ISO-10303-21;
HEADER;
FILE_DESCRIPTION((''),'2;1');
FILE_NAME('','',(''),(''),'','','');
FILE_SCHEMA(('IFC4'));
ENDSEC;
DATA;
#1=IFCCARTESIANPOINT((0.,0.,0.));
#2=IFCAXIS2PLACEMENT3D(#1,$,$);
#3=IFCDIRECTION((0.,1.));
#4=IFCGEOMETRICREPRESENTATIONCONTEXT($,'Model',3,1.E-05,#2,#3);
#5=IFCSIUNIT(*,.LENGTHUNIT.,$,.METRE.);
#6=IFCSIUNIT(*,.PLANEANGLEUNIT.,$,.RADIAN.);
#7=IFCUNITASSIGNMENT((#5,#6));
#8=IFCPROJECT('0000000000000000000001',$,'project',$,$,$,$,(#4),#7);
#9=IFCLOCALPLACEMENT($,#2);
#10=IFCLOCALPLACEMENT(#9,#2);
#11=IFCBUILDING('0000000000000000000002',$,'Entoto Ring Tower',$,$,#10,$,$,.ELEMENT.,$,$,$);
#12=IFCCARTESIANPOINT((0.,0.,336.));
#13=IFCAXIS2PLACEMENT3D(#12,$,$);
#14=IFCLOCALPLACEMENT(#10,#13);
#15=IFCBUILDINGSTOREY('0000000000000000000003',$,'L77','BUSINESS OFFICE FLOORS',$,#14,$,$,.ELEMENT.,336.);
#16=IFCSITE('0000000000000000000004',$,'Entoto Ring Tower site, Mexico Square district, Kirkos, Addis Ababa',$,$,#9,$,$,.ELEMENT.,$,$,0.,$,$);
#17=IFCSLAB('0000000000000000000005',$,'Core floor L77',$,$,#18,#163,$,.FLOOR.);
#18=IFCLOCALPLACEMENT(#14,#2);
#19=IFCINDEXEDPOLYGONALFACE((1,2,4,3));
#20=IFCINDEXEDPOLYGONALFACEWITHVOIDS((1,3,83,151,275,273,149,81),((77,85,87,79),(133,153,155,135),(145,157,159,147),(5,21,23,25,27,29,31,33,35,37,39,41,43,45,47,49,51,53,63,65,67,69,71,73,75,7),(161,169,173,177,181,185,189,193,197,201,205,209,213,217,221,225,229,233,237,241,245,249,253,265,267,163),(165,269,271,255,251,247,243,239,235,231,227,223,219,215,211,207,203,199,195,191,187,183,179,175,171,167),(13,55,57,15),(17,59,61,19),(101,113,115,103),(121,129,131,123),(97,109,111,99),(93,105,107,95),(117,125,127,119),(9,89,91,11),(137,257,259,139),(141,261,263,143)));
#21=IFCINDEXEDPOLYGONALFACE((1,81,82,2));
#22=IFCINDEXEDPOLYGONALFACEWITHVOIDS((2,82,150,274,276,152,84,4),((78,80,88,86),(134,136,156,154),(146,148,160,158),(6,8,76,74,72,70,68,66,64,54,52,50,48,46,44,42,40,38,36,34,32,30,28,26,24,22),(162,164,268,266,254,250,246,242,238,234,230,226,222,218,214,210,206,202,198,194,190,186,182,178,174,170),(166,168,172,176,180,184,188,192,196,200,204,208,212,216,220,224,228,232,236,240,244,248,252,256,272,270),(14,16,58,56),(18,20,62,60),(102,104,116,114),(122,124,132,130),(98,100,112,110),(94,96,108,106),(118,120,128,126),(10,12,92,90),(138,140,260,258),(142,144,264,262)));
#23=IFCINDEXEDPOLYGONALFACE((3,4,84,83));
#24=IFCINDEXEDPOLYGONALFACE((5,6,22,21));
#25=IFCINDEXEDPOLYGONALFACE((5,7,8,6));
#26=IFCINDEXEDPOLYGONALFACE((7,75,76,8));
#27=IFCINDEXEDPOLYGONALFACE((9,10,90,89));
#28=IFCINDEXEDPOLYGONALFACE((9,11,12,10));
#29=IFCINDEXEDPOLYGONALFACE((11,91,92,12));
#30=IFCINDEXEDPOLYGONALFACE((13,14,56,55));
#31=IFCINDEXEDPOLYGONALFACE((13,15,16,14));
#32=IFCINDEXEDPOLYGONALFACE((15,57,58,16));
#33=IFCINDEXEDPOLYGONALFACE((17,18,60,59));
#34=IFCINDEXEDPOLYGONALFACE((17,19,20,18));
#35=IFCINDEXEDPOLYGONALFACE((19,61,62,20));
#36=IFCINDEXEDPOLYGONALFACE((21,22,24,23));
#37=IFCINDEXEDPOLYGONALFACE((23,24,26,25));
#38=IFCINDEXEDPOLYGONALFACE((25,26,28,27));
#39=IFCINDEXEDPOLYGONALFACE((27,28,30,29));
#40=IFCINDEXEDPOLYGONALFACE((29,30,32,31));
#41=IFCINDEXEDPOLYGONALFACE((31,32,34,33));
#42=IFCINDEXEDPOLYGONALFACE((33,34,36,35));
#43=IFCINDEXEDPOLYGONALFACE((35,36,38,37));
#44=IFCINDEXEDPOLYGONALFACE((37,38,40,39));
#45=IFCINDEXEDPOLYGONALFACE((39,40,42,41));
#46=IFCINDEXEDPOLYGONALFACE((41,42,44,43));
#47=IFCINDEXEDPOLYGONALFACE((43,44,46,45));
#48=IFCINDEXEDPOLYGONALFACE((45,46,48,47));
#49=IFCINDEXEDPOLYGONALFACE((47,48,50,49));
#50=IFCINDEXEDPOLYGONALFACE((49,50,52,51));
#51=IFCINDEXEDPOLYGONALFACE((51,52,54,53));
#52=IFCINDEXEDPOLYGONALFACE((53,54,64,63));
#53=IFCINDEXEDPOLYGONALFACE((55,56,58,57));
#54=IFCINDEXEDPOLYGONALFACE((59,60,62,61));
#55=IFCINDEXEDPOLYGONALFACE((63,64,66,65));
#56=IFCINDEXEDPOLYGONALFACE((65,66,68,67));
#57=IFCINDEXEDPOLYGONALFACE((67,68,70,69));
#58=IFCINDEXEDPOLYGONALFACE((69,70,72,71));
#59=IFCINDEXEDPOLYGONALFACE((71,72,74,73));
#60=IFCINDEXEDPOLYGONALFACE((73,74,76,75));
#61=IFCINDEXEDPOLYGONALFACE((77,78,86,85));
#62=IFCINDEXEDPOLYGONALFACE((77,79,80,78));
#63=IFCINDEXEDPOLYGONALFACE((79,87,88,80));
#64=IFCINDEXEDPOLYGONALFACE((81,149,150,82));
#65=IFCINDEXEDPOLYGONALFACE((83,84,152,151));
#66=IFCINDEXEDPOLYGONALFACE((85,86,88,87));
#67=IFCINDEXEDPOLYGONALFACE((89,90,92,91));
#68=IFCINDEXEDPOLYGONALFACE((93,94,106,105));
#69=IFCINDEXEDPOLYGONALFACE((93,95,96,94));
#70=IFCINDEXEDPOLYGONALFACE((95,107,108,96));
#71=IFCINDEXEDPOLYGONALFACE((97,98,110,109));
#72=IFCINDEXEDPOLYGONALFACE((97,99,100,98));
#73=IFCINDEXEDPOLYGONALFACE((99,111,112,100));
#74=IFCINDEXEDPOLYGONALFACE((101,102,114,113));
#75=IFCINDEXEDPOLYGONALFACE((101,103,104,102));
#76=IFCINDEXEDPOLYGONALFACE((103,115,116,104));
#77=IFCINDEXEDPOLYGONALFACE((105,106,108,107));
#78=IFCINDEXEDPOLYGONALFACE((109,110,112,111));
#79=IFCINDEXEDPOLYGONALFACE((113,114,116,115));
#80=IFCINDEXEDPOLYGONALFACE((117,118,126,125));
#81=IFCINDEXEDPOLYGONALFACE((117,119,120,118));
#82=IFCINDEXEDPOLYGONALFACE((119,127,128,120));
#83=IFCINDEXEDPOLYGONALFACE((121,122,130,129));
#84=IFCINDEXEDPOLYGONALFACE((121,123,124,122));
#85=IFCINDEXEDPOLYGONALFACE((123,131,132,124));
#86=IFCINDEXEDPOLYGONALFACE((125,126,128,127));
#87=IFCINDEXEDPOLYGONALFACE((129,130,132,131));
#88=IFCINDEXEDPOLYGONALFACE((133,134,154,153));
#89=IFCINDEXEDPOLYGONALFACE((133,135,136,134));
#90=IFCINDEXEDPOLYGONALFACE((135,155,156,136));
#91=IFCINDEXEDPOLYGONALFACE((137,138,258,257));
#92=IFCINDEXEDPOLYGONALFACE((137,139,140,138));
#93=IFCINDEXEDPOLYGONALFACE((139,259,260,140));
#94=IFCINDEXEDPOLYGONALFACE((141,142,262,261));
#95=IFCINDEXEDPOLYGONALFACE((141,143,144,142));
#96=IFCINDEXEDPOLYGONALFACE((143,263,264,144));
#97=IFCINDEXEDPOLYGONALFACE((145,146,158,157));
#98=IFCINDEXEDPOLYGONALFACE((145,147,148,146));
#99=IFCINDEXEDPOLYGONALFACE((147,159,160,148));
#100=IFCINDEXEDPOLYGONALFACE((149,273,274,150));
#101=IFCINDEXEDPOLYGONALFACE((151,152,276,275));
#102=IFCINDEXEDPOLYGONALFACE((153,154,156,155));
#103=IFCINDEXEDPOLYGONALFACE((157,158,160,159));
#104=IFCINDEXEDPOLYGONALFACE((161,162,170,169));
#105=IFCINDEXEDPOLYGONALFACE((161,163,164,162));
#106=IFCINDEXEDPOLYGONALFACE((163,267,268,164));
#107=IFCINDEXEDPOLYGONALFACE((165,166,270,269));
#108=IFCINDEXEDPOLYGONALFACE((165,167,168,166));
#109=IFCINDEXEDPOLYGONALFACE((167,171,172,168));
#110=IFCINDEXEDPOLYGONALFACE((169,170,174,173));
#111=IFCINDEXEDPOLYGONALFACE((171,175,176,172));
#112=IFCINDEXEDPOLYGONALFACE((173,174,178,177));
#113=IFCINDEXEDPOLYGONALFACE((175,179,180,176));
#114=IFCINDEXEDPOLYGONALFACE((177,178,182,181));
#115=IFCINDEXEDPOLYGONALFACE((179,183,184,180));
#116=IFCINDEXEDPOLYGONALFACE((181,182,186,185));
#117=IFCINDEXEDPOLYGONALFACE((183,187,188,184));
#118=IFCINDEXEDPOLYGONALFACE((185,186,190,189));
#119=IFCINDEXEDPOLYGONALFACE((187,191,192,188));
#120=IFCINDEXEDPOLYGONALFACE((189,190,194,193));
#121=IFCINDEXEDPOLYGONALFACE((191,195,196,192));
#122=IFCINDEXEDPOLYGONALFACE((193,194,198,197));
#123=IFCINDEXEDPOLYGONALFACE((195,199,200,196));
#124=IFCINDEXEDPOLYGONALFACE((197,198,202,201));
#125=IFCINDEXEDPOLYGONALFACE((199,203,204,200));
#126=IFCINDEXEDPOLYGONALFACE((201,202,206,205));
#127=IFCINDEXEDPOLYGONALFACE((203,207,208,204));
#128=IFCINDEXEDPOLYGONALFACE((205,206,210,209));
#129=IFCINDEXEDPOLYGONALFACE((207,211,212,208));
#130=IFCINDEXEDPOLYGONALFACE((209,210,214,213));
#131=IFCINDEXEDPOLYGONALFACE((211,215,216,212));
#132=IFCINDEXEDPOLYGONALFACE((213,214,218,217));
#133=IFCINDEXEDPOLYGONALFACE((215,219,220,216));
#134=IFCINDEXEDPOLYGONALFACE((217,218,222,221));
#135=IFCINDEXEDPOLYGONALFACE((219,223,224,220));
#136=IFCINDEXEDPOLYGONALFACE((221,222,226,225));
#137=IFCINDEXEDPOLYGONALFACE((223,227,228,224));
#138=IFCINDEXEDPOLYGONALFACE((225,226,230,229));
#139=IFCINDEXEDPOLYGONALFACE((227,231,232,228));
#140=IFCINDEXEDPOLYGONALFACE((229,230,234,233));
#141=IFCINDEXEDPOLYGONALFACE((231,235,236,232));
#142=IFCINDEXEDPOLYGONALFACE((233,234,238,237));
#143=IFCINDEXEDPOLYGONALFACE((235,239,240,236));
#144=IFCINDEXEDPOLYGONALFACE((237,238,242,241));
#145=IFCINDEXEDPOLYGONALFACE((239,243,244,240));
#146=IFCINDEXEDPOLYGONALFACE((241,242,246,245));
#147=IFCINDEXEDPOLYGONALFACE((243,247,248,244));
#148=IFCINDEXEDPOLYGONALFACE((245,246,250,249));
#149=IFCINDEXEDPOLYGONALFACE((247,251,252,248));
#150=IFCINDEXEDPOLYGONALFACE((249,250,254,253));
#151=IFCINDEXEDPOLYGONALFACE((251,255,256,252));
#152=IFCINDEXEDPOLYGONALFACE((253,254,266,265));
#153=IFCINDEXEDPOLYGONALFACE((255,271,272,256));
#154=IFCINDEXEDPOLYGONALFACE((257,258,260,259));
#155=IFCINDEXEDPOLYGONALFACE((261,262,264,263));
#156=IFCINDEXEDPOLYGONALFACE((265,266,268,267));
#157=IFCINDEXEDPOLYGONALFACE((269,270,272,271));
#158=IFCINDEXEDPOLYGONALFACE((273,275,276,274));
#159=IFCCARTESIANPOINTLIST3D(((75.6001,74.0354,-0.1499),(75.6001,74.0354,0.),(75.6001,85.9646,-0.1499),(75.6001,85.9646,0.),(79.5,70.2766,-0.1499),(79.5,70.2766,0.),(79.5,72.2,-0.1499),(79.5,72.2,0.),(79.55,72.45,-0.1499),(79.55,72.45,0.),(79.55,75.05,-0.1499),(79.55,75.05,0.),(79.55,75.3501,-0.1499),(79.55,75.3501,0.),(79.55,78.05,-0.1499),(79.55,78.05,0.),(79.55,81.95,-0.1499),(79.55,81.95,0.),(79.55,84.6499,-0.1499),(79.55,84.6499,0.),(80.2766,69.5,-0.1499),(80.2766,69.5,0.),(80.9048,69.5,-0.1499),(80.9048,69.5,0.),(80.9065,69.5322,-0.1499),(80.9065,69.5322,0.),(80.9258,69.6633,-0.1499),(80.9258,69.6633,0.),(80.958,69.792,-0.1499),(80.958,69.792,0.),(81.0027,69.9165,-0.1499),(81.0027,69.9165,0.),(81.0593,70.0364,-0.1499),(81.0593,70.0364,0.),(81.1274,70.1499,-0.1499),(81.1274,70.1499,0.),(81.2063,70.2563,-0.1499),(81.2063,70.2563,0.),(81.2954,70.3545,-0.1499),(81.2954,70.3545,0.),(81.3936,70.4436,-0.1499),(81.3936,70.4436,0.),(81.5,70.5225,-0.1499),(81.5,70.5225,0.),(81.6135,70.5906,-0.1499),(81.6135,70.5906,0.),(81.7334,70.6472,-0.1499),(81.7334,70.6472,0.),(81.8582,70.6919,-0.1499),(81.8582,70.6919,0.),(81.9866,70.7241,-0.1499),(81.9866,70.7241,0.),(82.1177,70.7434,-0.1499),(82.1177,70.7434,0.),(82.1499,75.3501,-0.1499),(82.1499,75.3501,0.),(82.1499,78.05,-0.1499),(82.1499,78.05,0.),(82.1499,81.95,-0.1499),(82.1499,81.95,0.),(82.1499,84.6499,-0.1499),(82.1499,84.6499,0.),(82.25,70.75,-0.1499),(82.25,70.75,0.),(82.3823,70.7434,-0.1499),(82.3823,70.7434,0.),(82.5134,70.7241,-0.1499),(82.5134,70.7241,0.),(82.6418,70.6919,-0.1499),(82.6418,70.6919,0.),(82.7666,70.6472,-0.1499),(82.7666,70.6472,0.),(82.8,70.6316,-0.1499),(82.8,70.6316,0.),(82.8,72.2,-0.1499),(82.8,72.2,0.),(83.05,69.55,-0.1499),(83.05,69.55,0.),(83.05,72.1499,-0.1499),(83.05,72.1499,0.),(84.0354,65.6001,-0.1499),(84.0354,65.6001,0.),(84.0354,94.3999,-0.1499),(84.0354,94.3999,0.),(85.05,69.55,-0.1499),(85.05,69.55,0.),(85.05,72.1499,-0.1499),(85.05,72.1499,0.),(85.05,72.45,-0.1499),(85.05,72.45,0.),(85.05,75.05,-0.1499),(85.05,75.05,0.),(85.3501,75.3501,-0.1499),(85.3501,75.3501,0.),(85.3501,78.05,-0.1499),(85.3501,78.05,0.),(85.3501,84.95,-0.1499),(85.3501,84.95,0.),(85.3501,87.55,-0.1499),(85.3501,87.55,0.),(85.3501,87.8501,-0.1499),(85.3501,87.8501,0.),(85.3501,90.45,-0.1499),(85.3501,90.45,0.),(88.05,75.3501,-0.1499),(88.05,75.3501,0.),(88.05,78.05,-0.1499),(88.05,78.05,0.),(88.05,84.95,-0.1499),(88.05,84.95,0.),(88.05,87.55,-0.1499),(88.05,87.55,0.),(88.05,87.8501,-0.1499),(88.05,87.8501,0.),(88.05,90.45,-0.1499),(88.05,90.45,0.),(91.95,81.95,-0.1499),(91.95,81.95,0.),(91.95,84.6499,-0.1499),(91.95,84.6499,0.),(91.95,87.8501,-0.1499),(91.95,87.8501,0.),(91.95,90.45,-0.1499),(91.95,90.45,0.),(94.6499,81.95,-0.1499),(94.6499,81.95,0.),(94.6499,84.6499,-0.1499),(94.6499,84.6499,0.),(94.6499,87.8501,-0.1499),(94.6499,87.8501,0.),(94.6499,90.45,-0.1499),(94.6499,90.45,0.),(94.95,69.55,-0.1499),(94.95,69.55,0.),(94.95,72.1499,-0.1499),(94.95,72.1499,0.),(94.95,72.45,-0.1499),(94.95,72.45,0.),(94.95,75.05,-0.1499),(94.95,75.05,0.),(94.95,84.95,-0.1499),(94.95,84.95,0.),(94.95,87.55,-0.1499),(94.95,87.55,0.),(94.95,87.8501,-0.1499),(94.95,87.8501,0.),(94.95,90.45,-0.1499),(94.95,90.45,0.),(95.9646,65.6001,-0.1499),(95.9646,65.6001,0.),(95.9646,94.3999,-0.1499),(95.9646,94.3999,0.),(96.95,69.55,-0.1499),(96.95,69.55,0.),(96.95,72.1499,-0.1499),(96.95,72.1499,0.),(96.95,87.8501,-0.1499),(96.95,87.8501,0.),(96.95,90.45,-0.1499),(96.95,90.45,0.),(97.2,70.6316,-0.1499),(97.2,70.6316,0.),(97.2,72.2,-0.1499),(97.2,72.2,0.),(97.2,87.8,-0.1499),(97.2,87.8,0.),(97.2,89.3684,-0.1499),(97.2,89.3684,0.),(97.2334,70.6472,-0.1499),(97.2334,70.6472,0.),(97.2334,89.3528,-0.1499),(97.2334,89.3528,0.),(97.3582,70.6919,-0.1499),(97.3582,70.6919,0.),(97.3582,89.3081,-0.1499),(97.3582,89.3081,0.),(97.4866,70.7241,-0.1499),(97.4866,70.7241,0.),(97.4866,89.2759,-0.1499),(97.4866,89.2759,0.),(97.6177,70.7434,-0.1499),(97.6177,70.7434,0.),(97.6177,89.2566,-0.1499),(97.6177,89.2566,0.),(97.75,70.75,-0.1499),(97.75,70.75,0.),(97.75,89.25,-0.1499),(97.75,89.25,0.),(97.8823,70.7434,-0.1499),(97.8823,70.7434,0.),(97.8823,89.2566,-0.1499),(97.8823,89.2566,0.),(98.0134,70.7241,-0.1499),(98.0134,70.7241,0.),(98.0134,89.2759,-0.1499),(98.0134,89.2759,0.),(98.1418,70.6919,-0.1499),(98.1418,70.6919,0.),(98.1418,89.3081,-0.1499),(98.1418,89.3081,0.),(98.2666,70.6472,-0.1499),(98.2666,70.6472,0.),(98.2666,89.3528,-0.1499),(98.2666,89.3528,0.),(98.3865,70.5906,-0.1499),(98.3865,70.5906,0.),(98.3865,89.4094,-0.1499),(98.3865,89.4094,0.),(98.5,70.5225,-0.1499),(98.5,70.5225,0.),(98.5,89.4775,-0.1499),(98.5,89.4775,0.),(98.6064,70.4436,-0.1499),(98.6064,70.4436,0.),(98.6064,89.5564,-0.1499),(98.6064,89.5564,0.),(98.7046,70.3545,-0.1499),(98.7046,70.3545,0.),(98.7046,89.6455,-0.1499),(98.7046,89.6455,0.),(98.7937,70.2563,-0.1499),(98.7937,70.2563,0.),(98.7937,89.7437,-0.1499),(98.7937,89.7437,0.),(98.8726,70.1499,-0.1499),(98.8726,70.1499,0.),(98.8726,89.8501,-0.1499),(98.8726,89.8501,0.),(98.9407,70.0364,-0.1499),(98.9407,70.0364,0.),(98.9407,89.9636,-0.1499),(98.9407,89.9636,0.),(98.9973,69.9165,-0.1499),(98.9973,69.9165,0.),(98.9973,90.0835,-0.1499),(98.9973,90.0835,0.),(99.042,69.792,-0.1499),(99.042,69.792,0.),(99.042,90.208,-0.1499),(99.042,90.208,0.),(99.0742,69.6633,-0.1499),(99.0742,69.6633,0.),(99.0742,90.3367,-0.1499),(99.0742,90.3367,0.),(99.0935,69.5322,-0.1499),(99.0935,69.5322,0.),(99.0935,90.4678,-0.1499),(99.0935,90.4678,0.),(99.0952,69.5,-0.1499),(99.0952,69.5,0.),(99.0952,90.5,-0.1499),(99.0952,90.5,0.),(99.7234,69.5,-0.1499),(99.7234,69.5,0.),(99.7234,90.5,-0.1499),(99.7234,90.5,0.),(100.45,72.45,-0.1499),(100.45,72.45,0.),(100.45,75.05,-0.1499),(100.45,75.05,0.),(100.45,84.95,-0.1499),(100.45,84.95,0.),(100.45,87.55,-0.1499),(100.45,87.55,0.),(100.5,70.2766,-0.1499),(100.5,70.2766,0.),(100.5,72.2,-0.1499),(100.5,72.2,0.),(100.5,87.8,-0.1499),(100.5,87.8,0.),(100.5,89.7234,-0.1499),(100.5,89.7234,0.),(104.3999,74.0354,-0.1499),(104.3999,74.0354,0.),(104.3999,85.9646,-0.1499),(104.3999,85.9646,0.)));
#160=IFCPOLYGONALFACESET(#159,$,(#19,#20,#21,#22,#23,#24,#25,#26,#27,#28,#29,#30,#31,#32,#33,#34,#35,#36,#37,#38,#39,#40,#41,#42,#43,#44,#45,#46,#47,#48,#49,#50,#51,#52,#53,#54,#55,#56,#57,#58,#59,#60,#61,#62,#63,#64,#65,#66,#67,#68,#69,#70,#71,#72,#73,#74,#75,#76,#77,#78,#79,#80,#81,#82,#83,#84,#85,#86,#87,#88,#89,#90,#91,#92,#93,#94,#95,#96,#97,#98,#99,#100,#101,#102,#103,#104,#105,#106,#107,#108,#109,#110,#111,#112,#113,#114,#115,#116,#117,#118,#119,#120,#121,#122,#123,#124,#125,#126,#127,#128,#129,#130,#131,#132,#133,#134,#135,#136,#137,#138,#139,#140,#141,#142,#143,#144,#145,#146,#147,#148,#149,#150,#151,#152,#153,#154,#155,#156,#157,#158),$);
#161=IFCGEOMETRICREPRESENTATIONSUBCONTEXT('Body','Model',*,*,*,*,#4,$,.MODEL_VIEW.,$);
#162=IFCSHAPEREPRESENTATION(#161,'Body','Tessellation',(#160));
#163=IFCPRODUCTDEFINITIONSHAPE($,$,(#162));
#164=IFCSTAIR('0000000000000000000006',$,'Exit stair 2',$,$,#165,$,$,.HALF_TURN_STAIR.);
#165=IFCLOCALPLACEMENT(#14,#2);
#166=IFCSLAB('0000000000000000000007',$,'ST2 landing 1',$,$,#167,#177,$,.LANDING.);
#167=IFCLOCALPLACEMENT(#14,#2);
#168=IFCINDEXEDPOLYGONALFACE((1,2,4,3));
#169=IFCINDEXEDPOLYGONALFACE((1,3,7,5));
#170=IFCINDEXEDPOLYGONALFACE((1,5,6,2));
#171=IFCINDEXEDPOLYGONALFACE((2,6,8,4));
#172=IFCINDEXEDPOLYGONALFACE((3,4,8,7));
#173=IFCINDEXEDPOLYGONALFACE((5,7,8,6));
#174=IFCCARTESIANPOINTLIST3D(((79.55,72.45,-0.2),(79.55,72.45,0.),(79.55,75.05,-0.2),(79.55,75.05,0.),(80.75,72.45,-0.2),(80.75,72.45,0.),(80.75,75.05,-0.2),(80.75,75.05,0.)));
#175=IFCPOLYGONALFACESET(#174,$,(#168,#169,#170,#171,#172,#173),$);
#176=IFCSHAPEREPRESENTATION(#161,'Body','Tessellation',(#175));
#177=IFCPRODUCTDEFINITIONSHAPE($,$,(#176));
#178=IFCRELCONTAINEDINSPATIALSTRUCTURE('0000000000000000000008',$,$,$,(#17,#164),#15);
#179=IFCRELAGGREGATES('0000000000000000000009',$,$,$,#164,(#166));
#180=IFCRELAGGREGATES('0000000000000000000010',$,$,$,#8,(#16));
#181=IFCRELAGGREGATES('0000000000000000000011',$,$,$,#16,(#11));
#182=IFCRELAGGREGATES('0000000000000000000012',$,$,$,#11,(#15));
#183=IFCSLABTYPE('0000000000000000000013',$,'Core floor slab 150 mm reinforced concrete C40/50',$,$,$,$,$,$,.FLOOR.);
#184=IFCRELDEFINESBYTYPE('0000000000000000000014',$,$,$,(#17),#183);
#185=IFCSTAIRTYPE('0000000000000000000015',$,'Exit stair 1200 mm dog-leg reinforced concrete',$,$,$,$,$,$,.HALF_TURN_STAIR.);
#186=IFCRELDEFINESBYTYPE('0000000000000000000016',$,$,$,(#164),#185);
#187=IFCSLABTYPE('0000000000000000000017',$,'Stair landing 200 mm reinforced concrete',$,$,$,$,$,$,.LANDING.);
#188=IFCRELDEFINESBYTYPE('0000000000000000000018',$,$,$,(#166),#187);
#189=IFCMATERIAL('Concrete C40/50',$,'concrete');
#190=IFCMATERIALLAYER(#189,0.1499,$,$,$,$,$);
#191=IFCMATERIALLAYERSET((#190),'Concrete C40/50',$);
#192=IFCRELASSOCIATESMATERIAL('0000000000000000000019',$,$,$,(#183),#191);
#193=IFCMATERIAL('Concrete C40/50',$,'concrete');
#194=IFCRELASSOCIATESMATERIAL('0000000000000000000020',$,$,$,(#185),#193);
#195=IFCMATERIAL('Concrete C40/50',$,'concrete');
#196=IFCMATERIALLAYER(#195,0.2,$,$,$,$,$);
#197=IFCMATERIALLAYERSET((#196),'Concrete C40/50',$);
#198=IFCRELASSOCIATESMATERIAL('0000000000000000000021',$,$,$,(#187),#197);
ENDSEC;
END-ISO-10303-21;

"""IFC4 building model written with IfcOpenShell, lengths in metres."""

from ifc_helpers import new_model, si_unit, direction, frame, origin, place, context, subcontext, project, spatial, polyline, outline, extrude, material, layer, layer_set, type_object, element, aggregate, save


model = new_model("IFC4")

# Units and contexts
model_context = context("Model", 3, precision=1e-05, world=origin(), true_north=direction((0.0, 1.0)))
body_context = subcontext(model_context, "Body", "Model", "MODEL_VIEW")
ifc_project = project(units=[si_unit("LENGTHUNIT", "METRE"), si_unit("PLANEANGLEUNIT", "RADIAN")], contexts=[model_context])

# Site, building, storey
site_placement = place(None, origin())
site = spatial("IfcSite", under=ifc_project, at=site_placement, Name="Entoto Ring Tower site, Mexico Square district, Kirkos, Addis Ababa", CompositionType="ELEMENT", RefElevation=0.0)
building_placement = place(site_placement, origin())
building = spatial("IfcBuilding", under=site, at=building_placement, Name="Entoto Ring Tower", CompositionType="ELEMENT")
storey_placement = place(building_placement, frame((0.0, 0.0, 336.0)))
storey = spatial("IfcBuildingStorey", under=building, at=storey_placement, Name="L77", Description="BUSINESS OFFICE FLOORS", CompositionType="ELEMENT", Elevation=336.0)

# Slab
ifc_material_1 = material(Name="Concrete C40/50", Category="concrete")
ifc_layer_1 = layer(ifc_material_1, 0.1499)
ifc_layer_set_1 = layer_set([ifc_layer_1], Name="Concrete C40/50")
slab_type_1 = type_object("IfcSlabType", Name="Core floor slab 150 mm reinforced concrete C40/50", PredefinedType="FLOOR", material=ifc_layer_set_1)
slab_1_placement = place(storey_placement, frame((0.0, 0.0, -0.1499)))
element("IfcSlab", 1, at=slab_1_placement, inside=storey, type_object=slab_type_1, Name="Core floor L77", PredefinedType="FLOOR", context=body_context, shape_type="SweptSolid", body=[
    extrude(outline(polyline([(104.3999, 74.0354), (104.3999, 85.9646), (95.9646, 94.3999), (84.0354, 94.3999), (75.6001, 85.9646), (75.6001, 74.0354), (84.0354, 65.6001), (95.9646, 65.6001), (104.3999, 74.0354)]), holes=[polyline([(100.45, 84.95), (100.45, 87.55), (94.95, 87.55), (94.95, 84.95), (100.45, 84.95)]), polyline([(85.05, 72.45), (85.05, 75.05), (79.55, 75.05), (79.55, 72.45), (85.05, 72.45)]), polyline([(100.45, 72.45), (100.45, 75.05), (94.95, 75.05), (94.95, 72.45), (100.45, 72.45)]), polyline([(94.95, 90.45), (94.95, 87.8501), (96.95, 87.8501), (96.95, 90.45), (94.95, 90.45)]), polyline([(94.95, 72.1499), (94.95, 69.55), (96.95, 69.55), (96.95, 72.1499), (94.95, 72.1499)]), polyline([(83.05, 72.1499), (83.05, 69.55), (85.05, 69.55), (85.05, 72.1499), (83.05, 72.1499)]), polyline([(79.55, 81.95), (82.1499, 81.95), (82.1499, 84.6499), (79.55, 84.6499), (79.55, 81.95)]), polyline([(79.55, 75.3501), (82.1499, 75.3501), (82.1499, 78.05), (79.55, 78.05), (79.55, 75.3501)]), polyline([(91.95, 87.8501), (94.6499, 87.8501), (94.6499, 90.45), (91.95, 90.45), (91.95, 87.8501)]), polyline([(91.95, 81.95), (94.6499, 81.95), (94.6499, 84.6499), (91.95, 84.6499), (91.95, 81.95)]), polyline([(85.3501, 75.3501), (88.05, 75.3501), (88.05, 78.05), (85.3501, 78.05), (85.3501, 75.3501)]), polyline([(85.3501, 84.95), (88.05, 84.95), (88.05, 87.55), (85.3501, 87.55), (85.3501, 84.95)]), polyline([(85.3501, 87.8501), (88.05, 87.8501), (88.05, 90.45), (85.3501, 90.45), (85.3501, 87.8501)]), polyline([(97.2, 89.3684), (97.2, 87.8), (100.5, 87.8), (100.5, 89.7234), (99.7234, 90.5), (99.0952, 90.5), (99.0935, 90.4678), (99.0742, 90.3367), (99.042, 90.208), (98.9973, 90.0835), (98.9407, 89.9636), (98.8726, 89.8501), (98.7937, 89.7437), (98.7046, 89.6455), (98.6064, 89.5564), (98.5, 89.4775), (98.3865, 89.4094), (98.2666, 89.3528), (98.1418, 89.3081), (98.0134, 89.2759), (97.8823, 89.2566), (97.75, 89.25), (97.6177, 89.2566), (97.4866, 89.2759), (97.3582, 89.3081), (97.2334, 89.3528), (97.2, 89.3684)]), polyline([(80.2766, 69.5), (80.9048, 69.5), (80.9065, 69.5322), (80.9258, 69.6633), (80.958, 69.792), (81.0027, 69.9165), (81.0593, 70.0364), (81.1274, 70.1499), (81.2063, 70.2563), (81.2954, 70.3545), (81.3936, 70.4436), (81.5, 70.5225), (81.6135, 70.5906), (81.7334, 70.6472), (81.8582, 70.6919), (81.9866, 70.7241), (82.1177, 70.7434), (82.25, 70.75), (82.3823, 70.7434), (82.5134, 70.7241), (82.6418, 70.6919), (82.7666, 70.6472), (82.8, 70.6316), (82.8, 72.2), (79.5, 72.2), (79.5, 70.2766), (80.2766, 69.5)]), polyline([(99.0952, 69.5), (99.7234, 69.5), (100.5, 70.2766), (100.5, 72.2), (97.2, 72.2), (97.2, 70.6316), (97.2334, 70.6472), (97.3582, 70.6919), (97.4866, 70.7241), (97.6177, 70.7434), (97.75, 70.75), (97.8823, 70.7434), (98.0134, 70.7241), (98.1418, 70.6919), (98.2666, 70.6472), (98.3865, 70.5906), (98.5, 70.5225), (98.6064, 70.4436), (98.7046, 70.3545), (98.7937, 70.2563), (98.8726, 70.1499), (98.9407, 70.0364), (98.9973, 69.9165), (99.042, 69.792), (99.0742, 69.6633), (99.0935, 69.5322), (99.0952, 69.5)])]), origin(), (0.0, 0.0, 1.0), 0.1499),
])

# Stair, slab
ifc_material_2 = material(Name="Concrete C40/50", Category="concrete")
stair_type = type_object("IfcStairType", Name="Exit stair 1200 mm dog-leg reinforced concrete", PredefinedType="HALF_TURN_STAIR", material=ifc_material_2)
stair_1_placement = place(storey_placement, origin())
stair_1 = element("IfcStair", 2, at=stair_1_placement, inside=storey, type_object=stair_type, Name="Exit stair 2", PredefinedType="HALF_TURN_STAIR")
ifc_material_3 = material(Name="Concrete C40/50", Category="concrete")
ifc_layer_2 = layer(ifc_material_3, 0.2)
ifc_layer_set_2 = layer_set([ifc_layer_2], Name="Concrete C40/50")
slab_type_2 = type_object("IfcSlabType", Name="Stair landing 200 mm reinforced concrete", PredefinedType="LANDING", material=ifc_layer_set_2)
slab_2_placement = place(storey_placement, frame((0.0, 0.0, -0.2)))
slab_2 = element("IfcSlab", 3, at=slab_2_placement, type_object=slab_type_2, Name="ST2 landing 1", PredefinedType="LANDING", context=body_context, shape_type="SweptSolid", body=[
    extrude(outline(polyline([(80.75, 72.45), (80.75, 75.05), (79.55, 75.05), (79.55, 72.45), (80.75, 72.45)])), origin(), (0.0, 0.0, 1.0), 0.2),
])
aggregate(stair_1, [slab_2])

save(model, "model.ifc")
